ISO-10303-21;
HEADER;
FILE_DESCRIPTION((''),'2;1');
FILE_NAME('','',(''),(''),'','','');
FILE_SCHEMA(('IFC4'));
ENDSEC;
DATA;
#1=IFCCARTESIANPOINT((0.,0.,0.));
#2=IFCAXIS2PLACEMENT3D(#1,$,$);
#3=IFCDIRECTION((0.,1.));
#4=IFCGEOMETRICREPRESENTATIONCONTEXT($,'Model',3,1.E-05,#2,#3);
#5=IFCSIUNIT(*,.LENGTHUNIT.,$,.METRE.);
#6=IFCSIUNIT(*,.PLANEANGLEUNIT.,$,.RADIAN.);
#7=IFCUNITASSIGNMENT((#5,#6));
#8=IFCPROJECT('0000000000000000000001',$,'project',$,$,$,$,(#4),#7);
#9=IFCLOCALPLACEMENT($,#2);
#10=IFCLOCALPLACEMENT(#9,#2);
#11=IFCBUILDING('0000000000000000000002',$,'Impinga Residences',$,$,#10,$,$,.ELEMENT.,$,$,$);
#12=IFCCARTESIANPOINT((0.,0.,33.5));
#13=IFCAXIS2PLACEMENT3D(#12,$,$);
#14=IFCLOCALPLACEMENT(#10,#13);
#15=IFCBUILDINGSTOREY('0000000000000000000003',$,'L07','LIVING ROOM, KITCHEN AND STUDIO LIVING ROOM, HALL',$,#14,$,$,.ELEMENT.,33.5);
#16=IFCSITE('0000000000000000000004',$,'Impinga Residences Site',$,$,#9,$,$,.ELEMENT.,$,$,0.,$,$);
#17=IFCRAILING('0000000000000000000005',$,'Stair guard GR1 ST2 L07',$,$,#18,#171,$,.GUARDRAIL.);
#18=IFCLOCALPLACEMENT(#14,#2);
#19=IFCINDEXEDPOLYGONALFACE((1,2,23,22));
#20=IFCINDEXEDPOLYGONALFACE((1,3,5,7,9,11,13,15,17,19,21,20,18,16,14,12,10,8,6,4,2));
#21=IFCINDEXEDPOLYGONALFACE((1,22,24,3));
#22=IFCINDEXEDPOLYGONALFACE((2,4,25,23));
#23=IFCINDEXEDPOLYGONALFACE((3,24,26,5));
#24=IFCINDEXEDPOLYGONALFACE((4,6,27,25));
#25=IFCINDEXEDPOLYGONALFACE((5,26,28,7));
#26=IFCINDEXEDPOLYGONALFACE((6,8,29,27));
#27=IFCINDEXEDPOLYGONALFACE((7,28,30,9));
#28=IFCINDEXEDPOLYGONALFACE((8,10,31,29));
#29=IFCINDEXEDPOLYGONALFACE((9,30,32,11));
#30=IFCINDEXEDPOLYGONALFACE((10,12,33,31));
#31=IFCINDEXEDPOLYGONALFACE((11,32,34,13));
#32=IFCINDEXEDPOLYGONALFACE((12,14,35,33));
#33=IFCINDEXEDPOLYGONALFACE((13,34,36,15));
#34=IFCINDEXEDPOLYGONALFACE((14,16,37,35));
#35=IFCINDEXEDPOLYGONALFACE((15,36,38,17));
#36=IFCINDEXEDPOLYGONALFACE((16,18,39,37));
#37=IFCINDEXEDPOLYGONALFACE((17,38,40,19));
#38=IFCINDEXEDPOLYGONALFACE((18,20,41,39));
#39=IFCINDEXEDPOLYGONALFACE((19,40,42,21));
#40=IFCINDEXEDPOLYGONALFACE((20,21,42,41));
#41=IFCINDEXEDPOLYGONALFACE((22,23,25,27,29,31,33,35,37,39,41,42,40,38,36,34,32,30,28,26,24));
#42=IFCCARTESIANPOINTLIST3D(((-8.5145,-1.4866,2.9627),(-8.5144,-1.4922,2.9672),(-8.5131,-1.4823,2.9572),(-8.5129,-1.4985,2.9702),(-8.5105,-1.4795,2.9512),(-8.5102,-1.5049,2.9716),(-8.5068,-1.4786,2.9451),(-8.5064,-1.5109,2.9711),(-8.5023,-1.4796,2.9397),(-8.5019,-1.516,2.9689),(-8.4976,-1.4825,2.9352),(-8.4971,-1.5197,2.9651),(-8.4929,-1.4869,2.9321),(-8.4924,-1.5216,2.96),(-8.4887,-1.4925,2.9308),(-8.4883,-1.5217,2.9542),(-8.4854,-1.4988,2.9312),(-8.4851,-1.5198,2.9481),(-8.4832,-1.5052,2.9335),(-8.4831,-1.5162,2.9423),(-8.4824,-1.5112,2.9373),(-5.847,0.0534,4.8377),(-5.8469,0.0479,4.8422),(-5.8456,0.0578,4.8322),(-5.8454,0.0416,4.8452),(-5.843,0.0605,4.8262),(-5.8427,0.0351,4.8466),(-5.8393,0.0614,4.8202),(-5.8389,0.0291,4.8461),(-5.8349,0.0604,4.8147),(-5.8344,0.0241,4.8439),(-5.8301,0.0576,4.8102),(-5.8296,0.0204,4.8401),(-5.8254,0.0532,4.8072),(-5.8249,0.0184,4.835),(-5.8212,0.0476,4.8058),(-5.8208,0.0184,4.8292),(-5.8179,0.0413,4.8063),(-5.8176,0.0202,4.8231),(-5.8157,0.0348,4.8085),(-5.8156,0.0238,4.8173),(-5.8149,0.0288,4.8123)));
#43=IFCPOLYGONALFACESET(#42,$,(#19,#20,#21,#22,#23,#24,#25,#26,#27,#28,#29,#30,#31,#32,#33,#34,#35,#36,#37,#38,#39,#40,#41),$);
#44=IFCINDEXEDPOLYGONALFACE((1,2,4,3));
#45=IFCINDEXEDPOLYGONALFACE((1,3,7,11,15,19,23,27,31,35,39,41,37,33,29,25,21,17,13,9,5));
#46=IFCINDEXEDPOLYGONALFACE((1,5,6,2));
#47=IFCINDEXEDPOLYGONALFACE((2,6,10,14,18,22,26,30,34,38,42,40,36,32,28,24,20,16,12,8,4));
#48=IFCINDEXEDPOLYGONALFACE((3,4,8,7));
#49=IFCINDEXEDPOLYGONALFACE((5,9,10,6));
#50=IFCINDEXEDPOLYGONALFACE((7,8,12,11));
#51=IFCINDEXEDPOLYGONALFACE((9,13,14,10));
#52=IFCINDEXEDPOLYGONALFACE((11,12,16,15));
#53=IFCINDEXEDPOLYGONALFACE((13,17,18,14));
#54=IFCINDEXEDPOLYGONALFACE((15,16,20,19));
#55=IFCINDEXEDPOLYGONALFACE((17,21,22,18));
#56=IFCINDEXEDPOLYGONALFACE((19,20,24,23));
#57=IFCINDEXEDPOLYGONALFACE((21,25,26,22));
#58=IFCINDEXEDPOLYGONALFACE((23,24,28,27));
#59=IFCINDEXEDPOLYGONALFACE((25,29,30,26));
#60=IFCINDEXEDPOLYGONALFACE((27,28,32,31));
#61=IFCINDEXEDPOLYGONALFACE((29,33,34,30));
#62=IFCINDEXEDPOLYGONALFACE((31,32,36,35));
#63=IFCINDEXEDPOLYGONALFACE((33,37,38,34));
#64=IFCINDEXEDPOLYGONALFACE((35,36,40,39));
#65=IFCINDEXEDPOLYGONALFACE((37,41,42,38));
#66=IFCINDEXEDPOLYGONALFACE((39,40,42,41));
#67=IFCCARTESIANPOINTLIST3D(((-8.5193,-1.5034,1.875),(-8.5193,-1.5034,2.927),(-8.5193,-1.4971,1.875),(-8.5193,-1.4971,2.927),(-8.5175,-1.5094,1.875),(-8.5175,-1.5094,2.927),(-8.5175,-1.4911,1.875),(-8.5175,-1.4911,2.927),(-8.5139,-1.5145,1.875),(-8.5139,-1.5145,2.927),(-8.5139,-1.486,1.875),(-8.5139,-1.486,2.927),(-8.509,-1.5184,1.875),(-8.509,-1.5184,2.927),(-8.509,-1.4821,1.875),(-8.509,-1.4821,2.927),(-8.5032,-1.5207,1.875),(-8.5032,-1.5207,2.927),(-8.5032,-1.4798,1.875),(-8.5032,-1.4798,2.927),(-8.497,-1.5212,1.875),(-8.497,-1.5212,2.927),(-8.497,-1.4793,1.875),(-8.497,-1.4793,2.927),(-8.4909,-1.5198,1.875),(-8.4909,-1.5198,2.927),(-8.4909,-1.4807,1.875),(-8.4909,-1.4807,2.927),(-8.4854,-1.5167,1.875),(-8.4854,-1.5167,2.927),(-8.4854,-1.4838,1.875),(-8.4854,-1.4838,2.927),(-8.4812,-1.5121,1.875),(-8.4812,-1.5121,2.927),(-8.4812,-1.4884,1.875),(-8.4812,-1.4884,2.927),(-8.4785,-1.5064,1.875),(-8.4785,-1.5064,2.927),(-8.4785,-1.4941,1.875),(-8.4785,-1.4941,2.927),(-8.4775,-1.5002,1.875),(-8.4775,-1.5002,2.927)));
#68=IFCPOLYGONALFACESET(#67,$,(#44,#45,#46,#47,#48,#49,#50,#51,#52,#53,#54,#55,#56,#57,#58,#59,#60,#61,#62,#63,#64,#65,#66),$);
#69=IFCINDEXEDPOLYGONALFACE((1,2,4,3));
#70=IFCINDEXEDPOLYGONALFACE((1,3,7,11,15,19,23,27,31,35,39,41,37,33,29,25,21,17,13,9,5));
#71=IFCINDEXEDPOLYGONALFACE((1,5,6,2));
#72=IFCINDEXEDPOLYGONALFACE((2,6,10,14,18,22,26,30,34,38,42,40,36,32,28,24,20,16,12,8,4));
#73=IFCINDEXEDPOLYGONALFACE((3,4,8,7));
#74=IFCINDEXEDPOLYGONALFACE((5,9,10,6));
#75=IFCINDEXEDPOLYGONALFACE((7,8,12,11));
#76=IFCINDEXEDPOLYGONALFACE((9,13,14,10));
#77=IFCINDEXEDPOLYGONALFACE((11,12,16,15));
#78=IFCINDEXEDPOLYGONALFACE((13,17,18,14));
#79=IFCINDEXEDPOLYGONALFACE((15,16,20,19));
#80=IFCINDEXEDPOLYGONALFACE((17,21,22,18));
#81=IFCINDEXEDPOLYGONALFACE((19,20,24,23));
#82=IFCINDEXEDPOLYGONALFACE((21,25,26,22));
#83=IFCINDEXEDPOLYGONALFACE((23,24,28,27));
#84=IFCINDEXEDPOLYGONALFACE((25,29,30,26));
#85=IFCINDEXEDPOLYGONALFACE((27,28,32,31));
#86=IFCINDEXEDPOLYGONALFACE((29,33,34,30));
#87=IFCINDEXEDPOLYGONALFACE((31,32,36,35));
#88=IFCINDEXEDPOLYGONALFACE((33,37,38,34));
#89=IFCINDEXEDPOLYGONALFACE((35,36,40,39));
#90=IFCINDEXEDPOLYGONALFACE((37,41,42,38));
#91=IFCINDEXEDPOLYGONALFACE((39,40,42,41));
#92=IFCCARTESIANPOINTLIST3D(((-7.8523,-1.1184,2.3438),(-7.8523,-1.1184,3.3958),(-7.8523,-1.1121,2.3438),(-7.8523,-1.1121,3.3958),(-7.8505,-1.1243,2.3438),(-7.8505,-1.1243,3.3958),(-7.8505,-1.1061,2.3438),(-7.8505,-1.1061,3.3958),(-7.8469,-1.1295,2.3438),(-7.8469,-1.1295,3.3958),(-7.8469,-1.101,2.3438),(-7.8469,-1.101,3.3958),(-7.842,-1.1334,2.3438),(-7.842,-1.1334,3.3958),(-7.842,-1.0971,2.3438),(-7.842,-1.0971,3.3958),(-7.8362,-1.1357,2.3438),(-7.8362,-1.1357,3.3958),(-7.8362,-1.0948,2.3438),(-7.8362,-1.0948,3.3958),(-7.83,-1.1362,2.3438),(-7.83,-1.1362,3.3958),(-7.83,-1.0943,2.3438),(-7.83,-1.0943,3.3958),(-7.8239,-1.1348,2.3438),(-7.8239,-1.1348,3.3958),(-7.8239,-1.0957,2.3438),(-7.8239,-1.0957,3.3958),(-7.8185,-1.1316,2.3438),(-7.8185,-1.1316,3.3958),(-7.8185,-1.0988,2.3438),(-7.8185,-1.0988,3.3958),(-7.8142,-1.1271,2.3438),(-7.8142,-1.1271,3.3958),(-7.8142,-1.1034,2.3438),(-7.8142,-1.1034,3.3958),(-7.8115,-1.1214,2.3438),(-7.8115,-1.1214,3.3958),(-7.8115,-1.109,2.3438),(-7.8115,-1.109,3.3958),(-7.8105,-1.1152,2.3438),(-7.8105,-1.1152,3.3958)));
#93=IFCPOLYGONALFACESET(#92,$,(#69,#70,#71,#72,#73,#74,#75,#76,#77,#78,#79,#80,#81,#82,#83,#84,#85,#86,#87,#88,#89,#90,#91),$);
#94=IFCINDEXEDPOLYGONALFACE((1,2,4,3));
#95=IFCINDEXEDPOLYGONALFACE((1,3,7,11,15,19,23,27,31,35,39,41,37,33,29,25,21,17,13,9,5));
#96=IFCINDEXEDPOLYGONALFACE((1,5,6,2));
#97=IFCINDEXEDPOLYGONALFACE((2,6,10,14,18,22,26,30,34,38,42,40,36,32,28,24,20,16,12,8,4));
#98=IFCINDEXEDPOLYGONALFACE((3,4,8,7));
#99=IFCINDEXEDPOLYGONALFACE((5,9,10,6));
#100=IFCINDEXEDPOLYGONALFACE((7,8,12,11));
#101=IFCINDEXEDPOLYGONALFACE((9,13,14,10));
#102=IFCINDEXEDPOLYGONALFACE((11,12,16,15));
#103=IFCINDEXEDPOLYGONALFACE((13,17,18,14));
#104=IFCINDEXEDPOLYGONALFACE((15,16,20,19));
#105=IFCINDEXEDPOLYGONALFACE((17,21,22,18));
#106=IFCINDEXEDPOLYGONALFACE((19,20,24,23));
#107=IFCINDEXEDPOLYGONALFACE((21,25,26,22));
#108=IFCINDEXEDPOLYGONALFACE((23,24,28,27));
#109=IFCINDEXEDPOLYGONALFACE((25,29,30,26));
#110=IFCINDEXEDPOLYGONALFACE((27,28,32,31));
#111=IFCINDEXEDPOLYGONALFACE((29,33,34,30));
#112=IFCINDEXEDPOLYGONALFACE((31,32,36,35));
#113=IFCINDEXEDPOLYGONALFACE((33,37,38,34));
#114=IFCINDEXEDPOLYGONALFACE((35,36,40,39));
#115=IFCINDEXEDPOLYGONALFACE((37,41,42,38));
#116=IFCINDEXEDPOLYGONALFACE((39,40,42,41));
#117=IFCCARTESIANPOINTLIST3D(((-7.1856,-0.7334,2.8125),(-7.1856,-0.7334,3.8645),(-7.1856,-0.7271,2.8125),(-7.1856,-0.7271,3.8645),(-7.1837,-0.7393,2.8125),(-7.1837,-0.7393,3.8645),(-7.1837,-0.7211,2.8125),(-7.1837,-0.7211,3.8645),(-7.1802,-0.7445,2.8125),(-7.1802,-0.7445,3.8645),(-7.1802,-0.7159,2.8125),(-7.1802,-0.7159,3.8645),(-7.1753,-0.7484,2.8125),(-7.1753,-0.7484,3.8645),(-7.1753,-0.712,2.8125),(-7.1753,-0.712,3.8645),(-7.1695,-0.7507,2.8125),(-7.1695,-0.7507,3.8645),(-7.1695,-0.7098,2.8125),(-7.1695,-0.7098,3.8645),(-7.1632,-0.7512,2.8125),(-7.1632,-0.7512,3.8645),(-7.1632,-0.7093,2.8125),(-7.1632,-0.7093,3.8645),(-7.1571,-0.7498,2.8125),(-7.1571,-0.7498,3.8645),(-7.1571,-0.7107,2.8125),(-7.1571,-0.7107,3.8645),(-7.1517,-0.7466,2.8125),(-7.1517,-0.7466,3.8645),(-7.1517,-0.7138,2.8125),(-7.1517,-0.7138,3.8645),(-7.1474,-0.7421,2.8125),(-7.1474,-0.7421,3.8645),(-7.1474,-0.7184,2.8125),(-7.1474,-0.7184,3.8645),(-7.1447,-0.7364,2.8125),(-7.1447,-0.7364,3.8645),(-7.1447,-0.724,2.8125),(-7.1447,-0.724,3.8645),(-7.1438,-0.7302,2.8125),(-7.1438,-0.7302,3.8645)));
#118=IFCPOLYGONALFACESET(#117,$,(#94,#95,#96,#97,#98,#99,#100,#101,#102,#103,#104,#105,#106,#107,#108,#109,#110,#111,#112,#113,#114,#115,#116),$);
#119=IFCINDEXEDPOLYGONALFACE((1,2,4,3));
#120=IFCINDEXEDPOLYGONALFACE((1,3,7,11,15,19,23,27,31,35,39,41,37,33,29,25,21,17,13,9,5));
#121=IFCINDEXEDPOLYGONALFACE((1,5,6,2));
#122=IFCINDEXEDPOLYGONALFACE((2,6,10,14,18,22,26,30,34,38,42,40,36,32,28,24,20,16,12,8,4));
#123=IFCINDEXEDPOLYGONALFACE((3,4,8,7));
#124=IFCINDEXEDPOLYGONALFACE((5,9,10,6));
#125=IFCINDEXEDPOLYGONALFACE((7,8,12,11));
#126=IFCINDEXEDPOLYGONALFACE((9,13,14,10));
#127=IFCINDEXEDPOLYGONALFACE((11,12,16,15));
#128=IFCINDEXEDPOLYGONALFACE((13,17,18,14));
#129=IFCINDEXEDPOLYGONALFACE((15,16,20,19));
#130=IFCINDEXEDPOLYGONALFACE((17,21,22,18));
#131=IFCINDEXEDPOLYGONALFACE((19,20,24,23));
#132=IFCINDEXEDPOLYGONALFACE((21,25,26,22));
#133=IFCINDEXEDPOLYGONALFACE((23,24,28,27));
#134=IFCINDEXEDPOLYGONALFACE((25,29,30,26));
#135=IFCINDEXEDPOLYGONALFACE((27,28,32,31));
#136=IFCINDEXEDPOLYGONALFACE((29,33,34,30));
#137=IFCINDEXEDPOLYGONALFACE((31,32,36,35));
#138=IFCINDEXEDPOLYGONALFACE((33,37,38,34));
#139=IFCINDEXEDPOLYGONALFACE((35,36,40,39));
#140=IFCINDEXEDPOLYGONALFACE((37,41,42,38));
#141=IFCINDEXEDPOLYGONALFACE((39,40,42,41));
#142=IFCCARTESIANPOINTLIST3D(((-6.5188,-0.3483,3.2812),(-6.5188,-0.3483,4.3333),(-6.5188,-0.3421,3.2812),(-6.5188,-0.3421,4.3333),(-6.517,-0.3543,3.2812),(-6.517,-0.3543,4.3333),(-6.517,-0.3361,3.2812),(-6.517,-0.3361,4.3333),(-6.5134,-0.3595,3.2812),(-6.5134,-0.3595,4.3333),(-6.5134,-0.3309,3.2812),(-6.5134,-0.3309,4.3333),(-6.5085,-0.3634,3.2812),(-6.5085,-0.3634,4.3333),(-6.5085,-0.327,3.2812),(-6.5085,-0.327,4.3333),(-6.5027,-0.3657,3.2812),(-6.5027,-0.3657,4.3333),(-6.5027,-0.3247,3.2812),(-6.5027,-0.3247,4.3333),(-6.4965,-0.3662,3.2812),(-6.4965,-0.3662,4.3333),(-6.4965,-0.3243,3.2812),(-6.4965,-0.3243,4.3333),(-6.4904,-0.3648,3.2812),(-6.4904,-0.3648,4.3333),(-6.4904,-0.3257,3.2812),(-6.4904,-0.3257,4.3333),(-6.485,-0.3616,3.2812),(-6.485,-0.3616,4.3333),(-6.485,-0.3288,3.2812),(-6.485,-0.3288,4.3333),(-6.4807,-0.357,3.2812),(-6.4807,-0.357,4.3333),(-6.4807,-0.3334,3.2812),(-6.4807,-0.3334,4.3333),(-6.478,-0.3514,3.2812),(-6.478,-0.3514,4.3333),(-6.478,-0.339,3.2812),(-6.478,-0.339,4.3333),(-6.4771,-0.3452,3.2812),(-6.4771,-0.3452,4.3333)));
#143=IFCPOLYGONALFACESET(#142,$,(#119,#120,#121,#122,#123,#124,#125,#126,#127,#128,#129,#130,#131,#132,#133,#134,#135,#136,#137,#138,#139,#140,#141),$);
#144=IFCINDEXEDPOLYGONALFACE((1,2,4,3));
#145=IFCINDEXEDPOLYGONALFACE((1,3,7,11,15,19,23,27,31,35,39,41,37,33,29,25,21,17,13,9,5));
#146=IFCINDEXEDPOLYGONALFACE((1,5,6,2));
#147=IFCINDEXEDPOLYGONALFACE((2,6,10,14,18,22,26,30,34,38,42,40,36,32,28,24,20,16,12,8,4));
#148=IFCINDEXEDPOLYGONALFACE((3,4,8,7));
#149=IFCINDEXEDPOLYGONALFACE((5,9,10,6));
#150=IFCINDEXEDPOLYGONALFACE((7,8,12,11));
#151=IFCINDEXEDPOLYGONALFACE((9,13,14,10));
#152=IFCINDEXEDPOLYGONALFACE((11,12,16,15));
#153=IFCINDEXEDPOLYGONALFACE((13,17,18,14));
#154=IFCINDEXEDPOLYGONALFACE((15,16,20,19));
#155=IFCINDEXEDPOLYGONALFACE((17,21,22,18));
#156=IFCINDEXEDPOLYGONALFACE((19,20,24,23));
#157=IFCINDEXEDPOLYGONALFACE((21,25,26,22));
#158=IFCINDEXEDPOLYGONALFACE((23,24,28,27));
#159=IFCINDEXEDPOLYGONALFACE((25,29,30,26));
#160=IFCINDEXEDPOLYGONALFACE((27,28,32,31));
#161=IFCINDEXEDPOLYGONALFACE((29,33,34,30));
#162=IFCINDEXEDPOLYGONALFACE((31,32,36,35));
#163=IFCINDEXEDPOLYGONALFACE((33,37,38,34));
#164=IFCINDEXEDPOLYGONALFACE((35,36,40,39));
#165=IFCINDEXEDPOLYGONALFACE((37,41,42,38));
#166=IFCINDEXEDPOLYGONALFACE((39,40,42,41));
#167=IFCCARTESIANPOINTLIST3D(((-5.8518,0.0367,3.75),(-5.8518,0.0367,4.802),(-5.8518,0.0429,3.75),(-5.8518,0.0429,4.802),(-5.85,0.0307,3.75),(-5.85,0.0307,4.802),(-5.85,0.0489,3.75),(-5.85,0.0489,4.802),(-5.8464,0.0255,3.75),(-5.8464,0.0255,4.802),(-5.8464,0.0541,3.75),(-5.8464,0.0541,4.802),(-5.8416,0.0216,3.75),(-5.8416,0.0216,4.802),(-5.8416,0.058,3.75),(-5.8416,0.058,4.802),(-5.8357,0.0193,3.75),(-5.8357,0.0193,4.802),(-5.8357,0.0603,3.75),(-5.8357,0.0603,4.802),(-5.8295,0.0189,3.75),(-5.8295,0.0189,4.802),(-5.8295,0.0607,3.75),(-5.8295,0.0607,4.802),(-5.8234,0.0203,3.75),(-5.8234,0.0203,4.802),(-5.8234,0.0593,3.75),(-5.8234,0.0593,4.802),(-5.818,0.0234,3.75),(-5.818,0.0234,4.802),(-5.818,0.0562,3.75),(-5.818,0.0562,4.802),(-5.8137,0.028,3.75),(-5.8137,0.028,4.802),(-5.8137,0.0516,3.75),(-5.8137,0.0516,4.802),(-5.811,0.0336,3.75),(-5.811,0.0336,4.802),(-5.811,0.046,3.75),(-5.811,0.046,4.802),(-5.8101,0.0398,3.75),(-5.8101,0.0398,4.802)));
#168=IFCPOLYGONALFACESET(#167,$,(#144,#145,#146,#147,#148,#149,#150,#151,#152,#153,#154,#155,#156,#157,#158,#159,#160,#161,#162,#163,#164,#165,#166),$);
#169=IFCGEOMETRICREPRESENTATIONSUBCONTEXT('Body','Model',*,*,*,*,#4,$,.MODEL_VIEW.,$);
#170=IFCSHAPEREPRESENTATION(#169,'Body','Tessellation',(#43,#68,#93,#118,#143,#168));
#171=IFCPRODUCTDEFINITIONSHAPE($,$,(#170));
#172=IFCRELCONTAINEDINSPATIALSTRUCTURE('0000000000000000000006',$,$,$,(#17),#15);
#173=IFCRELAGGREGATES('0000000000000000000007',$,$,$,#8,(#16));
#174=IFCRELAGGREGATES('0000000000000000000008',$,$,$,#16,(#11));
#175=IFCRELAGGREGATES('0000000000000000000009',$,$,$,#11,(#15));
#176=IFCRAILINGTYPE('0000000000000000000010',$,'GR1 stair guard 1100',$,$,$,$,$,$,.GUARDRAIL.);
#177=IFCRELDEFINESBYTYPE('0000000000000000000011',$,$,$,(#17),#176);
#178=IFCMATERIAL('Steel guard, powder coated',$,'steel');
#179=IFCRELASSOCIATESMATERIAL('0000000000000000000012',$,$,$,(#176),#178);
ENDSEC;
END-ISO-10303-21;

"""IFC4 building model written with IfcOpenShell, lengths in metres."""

from ifc_helpers import new_model, si_unit, direction, frame, origin, origin_2d, place, context, subcontext, project, spatial, circle, extrude, material, type_object, element, save


model = new_model("IFC4")

# Units and contexts
model_context = context("Model", 3, precision=1e-05, world=origin(), true_north=direction((0.0, 1.0)))
body_context = subcontext(model_context, "Body", "Model", "MODEL_VIEW")
ifc_project = project(units=[si_unit("LENGTHUNIT", "METRE"), si_unit("PLANEANGLEUNIT", "RADIAN")], contexts=[model_context])

# Site, building, storey
site_placement = place(None, origin())
site = spatial("IfcSite", under=ifc_project, at=site_placement, Name="Impinga Residences Site", CompositionType="ELEMENT", RefElevation=0.0)
building_placement = place(site_placement, origin())
building = spatial("IfcBuilding", under=site, at=building_placement, Name="Impinga Residences", CompositionType="ELEMENT")
storey_placement = place(building_placement, frame((0.0, 0.0, 33.5)))
storey = spatial("IfcBuildingStorey", under=building, at=storey_placement, Name="L07", Description="LIVING ROOM, KITCHEN AND STUDIO LIVING ROOM, HALL", CompositionType="ELEMENT", Elevation=33.5)

# Railing
ifc_material_1 = material(Name="Steel guard, powder coated", Category="steel")
railing_type_1 = type_object("IfcRailingType", Name="GR1 stair guard 1100", PredefinedType="GUARDRAIL", material=ifc_material_1)
railing_1_placement = place(storey_placement, frame((-8.4985, -1.5002, 1.875)))
element("IfcRailing", 1, at=railing_1_placement, inside=storey, type_object=railing_type_1, Name="Stair guard GR1 ST2 L07", PredefinedType="GUARDRAIL", context=body_context, shape_type="SweptSolid", body=[
    extrude(circle(Radius=0.0239, at=origin_2d()), frame((0.0, 0.0, 1.0762), z_axis=(0.739746, 0.427084, 0.519975), x_axis=(-0.499992, 0.86603, 0.0)), (0.0, 0.0, 1.0), 3.606),
    extrude(circle(Radius=0.021, at=origin_2d()), origin(), (0.0, 0.0, 1.0), 1.052),
    extrude(circle(Radius=0.021, at=origin_2d()), frame((0.667, 0.385, 0.4688)), (0.0, 0.0, 1.0), 1.052),
    extrude(circle(Radius=0.021, at=origin_2d()), frame((1.3337, 0.77, 0.9375)), (0.0, 0.0, 1.0), 1.052),
    extrude(circle(Radius=0.021, at=origin_2d()), frame((2.0005, 1.155, 1.4062)), (0.0, 0.0, 1.0), 1.052),
    extrude(circle(Radius=0.021, at=origin_2d()), frame((2.6675, 1.54, 1.875)), (0.0, 0.0, 1.0), 1.052),
])

save(model, "model.ifc")
